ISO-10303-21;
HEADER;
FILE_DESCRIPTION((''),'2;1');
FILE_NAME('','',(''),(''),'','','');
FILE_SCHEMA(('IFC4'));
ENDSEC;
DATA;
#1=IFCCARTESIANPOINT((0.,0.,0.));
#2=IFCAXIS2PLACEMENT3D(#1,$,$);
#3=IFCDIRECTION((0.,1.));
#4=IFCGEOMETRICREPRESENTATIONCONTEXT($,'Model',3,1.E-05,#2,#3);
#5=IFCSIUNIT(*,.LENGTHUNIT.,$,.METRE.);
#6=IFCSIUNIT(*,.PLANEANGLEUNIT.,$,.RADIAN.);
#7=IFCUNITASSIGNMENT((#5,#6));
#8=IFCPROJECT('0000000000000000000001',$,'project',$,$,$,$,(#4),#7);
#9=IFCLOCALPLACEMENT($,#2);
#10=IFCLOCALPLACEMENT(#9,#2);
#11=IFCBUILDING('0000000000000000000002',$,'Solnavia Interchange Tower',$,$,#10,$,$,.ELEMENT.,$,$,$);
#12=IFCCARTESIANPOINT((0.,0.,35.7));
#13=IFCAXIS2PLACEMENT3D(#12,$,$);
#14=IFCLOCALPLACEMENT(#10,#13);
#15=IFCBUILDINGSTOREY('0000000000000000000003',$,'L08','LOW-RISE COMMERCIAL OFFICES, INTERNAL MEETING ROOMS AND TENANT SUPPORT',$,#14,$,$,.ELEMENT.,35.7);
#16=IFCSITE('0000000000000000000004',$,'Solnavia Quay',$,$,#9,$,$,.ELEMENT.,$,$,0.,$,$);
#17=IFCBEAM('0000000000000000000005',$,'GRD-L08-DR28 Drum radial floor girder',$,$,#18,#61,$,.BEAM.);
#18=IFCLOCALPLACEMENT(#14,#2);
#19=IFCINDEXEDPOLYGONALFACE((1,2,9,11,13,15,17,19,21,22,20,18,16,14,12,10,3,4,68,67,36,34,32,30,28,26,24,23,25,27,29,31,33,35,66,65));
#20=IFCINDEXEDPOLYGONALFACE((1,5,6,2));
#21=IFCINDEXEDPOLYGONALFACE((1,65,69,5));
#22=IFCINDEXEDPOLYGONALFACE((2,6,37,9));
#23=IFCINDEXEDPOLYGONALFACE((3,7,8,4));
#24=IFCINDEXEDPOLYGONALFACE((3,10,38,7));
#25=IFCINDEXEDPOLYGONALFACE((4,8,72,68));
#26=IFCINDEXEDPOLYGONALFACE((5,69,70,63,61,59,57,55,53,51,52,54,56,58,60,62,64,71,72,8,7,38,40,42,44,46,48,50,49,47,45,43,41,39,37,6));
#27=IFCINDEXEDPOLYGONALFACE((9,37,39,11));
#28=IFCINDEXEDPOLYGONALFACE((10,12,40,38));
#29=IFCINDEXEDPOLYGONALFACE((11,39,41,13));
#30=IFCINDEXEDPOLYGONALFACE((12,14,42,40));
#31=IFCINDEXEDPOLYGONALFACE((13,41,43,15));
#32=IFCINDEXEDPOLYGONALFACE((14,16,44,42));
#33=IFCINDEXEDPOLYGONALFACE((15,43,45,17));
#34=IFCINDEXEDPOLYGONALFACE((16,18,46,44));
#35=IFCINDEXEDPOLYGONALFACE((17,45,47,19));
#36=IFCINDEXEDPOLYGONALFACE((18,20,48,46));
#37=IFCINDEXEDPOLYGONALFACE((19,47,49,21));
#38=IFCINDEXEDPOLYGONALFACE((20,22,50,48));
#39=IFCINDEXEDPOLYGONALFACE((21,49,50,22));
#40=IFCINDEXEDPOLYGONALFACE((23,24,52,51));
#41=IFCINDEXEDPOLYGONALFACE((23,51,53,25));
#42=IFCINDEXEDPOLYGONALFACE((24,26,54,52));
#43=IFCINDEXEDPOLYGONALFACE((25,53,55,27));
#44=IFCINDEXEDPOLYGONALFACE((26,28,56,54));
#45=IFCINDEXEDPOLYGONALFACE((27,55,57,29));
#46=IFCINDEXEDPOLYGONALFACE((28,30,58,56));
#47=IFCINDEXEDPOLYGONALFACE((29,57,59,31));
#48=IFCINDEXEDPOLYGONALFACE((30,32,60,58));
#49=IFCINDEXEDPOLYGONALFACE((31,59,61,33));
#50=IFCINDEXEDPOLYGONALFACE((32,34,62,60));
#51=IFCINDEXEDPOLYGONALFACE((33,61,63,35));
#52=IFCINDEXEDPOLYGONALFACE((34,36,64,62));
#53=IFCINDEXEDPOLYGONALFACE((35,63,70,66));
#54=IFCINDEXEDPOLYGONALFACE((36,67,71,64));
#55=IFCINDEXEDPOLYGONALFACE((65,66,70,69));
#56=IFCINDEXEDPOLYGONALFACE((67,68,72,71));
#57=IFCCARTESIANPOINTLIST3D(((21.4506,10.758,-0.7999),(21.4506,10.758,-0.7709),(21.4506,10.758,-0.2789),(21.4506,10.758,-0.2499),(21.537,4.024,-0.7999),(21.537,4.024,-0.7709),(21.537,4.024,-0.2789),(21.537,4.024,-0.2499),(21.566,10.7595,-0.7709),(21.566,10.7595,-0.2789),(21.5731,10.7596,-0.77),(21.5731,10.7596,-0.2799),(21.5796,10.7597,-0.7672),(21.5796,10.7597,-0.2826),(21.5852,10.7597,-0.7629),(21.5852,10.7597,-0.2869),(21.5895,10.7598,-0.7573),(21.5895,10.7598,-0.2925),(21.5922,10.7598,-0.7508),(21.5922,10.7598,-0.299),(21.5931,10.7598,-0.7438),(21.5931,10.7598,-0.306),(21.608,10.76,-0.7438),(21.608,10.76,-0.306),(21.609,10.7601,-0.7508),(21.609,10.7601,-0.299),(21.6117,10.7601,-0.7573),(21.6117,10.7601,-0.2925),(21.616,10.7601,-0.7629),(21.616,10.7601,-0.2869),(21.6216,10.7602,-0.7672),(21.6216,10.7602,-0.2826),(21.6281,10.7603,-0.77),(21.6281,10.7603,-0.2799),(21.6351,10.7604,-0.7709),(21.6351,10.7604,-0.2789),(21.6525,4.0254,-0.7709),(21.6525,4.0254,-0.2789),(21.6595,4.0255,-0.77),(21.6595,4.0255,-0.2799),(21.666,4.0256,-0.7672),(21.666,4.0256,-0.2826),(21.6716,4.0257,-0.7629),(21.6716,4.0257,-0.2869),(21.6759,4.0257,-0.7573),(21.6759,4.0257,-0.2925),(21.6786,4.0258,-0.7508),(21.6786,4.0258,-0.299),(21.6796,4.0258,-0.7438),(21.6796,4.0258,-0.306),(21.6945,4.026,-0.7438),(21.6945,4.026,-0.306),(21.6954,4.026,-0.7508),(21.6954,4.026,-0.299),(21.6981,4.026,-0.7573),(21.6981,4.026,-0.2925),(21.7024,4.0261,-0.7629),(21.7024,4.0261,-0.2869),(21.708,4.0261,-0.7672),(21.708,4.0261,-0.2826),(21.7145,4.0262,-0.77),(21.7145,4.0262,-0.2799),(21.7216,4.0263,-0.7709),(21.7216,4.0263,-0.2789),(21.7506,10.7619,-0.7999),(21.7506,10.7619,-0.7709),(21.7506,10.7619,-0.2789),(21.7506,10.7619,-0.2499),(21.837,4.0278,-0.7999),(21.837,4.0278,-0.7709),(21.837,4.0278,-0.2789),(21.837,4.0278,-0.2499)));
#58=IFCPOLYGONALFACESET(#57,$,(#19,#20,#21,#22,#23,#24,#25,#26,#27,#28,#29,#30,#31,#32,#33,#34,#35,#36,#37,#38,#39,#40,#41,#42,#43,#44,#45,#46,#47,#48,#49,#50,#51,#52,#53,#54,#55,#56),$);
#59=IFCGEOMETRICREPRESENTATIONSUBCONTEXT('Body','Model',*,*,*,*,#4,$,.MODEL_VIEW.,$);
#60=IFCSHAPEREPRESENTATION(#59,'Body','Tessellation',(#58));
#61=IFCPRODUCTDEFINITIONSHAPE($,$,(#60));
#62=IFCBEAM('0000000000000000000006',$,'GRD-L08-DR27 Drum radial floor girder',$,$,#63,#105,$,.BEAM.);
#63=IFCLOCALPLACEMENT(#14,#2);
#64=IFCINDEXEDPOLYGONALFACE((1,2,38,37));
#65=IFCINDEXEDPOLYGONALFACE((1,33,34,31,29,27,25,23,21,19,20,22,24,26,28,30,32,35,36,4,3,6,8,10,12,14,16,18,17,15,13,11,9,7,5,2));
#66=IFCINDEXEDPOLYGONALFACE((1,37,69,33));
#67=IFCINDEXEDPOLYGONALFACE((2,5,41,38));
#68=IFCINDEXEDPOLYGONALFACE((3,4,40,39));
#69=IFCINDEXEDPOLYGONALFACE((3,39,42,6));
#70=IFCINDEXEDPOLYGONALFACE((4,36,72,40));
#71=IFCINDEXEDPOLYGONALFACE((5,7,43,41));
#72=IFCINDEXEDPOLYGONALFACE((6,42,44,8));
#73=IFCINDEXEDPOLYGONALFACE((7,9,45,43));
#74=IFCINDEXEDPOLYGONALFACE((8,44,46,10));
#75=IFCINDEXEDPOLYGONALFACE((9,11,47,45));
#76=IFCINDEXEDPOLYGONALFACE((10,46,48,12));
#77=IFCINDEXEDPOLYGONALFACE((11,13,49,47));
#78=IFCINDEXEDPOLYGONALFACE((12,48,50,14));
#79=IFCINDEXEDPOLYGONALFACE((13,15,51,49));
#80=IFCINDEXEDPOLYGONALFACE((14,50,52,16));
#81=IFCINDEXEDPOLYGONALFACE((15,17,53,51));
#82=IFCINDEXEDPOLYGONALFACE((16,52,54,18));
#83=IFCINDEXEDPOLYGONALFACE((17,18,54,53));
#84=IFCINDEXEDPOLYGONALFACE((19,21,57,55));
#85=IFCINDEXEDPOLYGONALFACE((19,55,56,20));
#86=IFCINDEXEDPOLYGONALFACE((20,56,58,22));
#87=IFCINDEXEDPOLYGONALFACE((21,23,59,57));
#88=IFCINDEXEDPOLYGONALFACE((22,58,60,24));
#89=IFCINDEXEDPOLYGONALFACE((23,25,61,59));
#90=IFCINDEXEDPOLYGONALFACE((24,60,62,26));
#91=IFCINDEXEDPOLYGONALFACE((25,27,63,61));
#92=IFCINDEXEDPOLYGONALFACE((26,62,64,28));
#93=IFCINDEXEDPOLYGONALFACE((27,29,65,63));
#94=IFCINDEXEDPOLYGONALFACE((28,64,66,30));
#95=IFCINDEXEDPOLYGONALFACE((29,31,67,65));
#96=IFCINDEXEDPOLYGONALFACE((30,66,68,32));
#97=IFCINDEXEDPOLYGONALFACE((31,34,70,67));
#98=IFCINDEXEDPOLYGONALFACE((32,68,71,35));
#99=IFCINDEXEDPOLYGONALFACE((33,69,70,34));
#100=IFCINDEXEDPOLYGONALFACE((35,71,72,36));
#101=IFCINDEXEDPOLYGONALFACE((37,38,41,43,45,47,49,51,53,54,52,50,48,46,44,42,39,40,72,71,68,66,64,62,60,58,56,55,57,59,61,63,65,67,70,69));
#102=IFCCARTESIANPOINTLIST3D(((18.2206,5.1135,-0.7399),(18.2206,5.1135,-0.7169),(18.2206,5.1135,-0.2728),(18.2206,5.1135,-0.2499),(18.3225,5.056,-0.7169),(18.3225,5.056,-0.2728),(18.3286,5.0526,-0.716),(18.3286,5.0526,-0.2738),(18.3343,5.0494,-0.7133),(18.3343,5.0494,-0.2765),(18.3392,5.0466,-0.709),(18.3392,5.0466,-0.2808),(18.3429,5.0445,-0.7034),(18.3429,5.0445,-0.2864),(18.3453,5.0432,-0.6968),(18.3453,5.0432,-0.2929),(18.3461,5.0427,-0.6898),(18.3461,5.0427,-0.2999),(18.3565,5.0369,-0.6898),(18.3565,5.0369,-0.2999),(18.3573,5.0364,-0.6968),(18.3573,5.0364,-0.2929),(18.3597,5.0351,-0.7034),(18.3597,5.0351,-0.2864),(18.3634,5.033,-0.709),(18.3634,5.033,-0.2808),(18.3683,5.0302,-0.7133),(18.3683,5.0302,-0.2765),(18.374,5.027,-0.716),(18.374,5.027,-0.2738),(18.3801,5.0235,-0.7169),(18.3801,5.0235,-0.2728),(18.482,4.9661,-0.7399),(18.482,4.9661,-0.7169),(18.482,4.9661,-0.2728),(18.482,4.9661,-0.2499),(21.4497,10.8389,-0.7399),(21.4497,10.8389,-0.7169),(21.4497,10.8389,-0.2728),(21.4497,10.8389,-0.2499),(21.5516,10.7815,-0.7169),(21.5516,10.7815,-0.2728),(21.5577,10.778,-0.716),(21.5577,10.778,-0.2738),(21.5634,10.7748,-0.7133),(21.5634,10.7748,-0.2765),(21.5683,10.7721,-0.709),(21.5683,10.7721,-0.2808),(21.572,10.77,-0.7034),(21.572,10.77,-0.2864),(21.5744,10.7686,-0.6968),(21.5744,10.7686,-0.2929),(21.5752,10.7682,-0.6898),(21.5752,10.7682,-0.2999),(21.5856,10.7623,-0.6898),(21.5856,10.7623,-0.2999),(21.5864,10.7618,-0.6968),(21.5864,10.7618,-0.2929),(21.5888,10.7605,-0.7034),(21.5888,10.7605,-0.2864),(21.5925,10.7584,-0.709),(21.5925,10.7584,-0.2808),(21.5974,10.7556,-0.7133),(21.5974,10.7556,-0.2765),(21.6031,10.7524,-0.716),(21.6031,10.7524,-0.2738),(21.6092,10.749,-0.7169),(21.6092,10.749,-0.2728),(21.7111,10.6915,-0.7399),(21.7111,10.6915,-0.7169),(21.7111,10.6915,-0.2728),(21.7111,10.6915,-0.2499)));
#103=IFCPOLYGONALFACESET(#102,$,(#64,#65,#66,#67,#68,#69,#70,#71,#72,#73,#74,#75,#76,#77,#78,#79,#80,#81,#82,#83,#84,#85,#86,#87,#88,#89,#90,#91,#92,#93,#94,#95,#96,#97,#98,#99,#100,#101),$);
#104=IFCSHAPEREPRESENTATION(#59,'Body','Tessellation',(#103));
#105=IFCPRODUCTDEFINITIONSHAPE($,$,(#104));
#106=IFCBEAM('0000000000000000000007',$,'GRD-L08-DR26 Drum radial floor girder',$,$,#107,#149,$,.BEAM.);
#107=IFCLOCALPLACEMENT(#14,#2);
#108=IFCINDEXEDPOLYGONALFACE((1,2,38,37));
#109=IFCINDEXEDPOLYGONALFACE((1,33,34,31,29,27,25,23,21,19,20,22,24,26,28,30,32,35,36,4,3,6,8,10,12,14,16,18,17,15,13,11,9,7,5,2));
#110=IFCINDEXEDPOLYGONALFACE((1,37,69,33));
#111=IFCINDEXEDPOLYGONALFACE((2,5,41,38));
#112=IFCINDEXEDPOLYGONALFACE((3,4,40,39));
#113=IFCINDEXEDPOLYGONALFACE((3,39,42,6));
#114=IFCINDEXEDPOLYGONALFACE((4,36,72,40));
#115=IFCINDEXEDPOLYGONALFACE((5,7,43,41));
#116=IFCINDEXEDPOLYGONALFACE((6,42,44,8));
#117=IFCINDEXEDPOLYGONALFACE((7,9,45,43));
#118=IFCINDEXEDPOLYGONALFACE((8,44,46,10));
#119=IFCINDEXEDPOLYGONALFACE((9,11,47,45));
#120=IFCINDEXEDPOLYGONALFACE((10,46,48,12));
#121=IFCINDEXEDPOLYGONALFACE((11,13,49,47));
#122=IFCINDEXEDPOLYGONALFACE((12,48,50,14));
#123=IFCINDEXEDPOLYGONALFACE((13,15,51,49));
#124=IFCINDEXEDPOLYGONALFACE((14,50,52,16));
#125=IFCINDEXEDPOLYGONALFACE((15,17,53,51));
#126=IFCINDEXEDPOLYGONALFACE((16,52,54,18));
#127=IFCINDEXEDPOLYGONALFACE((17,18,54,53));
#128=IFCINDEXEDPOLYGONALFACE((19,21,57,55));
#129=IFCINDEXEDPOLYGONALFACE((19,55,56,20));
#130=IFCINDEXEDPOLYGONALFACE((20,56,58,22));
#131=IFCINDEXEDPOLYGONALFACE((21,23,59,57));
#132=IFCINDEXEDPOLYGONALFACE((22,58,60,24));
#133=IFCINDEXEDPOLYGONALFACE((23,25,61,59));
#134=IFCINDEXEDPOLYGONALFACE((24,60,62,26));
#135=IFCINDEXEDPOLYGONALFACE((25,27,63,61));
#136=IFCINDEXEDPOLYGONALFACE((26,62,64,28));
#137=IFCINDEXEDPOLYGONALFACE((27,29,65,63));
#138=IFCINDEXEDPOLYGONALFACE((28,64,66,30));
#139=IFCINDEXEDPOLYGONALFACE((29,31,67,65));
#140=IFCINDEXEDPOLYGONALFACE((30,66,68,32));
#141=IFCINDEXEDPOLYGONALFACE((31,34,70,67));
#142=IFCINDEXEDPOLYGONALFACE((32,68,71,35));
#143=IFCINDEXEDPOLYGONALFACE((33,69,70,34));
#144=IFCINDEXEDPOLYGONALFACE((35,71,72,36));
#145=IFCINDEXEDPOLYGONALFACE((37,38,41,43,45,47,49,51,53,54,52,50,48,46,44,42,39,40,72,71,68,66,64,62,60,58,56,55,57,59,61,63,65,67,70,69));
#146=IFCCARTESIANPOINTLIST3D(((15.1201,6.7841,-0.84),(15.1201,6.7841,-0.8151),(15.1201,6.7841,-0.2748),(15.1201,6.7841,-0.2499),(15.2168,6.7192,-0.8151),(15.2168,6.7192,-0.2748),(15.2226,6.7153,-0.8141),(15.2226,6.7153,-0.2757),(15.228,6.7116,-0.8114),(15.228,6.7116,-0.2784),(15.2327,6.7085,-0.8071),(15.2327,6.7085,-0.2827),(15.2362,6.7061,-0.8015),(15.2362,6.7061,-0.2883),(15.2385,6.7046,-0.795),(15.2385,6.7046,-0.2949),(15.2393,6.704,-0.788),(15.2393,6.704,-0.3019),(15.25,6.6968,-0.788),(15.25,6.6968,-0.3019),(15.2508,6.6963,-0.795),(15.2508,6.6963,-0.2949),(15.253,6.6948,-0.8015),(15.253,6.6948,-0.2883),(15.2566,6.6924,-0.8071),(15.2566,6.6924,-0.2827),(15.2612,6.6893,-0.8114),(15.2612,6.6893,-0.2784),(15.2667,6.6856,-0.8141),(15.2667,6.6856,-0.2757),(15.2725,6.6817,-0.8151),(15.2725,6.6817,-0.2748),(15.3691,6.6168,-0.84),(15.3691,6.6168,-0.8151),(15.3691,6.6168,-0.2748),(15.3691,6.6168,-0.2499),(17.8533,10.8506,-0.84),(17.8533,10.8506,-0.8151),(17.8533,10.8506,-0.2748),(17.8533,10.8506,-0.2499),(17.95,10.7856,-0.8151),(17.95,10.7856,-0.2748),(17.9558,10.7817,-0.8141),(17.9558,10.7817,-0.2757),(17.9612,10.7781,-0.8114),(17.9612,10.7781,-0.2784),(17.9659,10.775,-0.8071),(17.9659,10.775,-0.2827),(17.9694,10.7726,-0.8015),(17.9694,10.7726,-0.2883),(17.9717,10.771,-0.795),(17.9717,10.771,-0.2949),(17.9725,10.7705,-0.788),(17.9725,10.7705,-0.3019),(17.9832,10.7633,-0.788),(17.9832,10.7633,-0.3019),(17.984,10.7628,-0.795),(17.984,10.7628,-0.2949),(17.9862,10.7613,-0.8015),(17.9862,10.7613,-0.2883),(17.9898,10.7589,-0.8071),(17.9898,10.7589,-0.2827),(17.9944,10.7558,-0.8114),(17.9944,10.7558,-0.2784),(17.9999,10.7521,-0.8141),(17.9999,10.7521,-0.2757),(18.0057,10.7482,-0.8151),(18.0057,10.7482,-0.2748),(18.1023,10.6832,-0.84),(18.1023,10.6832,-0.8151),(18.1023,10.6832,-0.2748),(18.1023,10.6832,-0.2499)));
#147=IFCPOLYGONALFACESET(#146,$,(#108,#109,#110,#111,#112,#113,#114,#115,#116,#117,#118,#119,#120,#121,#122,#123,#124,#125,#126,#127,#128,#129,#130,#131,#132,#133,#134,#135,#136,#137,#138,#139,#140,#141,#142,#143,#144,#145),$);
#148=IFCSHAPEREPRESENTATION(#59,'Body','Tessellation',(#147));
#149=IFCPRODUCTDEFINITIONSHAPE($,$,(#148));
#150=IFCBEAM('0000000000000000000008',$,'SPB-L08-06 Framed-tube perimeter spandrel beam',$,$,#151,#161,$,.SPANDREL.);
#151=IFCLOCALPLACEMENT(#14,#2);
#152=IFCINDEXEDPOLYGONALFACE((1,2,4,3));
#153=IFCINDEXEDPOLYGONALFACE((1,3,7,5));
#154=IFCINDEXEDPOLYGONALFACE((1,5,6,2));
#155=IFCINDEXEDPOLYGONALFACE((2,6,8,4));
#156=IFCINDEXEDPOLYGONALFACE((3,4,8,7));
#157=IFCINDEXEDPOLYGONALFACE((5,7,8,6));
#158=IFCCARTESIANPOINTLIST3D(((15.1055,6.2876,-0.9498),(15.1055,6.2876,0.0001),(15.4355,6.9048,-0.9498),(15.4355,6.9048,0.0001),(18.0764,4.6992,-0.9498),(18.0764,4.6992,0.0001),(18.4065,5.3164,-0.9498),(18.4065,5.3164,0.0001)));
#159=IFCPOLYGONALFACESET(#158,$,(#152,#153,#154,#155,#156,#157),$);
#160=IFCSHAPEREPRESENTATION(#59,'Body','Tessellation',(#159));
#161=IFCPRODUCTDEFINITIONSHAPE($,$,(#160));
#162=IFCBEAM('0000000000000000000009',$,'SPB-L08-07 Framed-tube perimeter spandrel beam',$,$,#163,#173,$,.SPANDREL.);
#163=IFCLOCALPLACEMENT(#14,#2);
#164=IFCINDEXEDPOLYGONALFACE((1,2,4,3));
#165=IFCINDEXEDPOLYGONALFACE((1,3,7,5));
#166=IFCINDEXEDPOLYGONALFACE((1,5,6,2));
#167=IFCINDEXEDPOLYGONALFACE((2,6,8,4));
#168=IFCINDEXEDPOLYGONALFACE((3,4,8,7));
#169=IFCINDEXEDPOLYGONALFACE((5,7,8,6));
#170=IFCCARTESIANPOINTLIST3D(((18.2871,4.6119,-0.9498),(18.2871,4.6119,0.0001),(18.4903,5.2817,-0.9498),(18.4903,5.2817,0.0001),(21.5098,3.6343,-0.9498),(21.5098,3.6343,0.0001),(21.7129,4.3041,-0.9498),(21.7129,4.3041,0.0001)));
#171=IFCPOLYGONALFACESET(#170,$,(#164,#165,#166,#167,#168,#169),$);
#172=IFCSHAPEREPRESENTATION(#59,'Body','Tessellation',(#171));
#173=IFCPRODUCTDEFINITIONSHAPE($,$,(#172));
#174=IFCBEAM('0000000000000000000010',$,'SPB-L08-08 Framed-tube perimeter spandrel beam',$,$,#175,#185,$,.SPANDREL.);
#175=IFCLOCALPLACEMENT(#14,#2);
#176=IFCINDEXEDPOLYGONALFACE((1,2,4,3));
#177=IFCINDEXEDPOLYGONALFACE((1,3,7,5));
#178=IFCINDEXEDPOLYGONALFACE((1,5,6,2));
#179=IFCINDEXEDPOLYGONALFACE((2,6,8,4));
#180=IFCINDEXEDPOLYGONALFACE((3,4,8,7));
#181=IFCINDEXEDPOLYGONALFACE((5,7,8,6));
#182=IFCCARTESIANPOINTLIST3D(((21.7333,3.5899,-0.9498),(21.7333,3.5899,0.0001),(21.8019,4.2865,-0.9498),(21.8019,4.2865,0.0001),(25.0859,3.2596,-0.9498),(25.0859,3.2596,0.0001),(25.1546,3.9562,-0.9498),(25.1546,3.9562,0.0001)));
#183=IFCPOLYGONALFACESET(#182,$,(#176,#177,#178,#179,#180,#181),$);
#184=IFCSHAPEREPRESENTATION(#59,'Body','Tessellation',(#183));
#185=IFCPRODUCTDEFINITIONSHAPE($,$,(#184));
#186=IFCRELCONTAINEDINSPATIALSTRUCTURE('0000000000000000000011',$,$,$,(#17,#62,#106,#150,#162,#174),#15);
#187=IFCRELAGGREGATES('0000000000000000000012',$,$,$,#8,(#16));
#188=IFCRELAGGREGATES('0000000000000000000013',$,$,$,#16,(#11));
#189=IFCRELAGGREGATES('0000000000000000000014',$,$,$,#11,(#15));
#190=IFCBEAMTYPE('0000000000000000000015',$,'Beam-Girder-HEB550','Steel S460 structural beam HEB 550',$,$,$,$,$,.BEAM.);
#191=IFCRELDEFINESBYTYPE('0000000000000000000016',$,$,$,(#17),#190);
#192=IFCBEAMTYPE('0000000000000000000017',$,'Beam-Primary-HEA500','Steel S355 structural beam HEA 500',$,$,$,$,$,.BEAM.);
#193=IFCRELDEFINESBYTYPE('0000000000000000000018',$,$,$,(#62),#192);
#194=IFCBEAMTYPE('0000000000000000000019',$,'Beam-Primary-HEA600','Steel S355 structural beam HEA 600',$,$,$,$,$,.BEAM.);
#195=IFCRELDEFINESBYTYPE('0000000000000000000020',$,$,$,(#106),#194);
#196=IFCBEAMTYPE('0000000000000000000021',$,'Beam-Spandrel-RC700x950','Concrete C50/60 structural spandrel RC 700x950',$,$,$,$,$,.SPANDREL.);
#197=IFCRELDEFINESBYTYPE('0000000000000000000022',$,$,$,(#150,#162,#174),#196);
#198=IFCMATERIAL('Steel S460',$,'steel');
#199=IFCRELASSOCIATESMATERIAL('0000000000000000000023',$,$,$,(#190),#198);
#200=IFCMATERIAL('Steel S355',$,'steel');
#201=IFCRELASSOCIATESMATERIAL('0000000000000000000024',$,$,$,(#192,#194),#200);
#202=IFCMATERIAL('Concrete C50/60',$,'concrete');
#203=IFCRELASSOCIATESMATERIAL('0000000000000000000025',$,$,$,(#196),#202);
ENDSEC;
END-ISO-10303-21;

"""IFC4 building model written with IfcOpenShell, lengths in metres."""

from ifc_helpers import new_model, si_unit, direction, frame, origin, origin_2d, place, context, subcontext, project, spatial, rectangle, i_section, extrude, material, material_profile, profile_set, type_object, element, save


model = new_model("IFC4")

# Units and contexts
model_context = context("Model", 3, precision=1e-05, world=origin(), true_north=direction((0.0, 1.0)))
body_context = subcontext(model_context, "Body", "Model", "MODEL_VIEW")
ifc_project = project(units=[si_unit("LENGTHUNIT", "METRE"), si_unit("PLANEANGLEUNIT", "RADIAN")], contexts=[model_context])

# Site, building, storey
site_placement = place(None, origin())
site = spatial("IfcSite", under=ifc_project, at=site_placement, Name="Solnavia Quay", CompositionType="ELEMENT", RefElevation=0.0)
building_placement = place(site_placement, origin())
building = spatial("IfcBuilding", under=site, at=building_placement, Name="Solnavia Interchange Tower", CompositionType="ELEMENT")
storey_placement = place(building_placement, frame((0.0, 0.0, 35.7)))
storey = spatial("IfcBuildingStorey", under=building, at=storey_placement, Name="L08", Description="LOW-RISE COMMERCIAL OFFICES, INTERNAL MEETING ROOMS AND TENANT SUPPORT", CompositionType="ELEMENT", Elevation=35.7)

# Shared definitions
ifc_material_1 = material(Name="Steel S355", Category="steel")

# Beams
ifc_material_2 = material(Name="Steel S460", Category="steel")
ifc_material_profile_1 = material_profile(ifc_material_2, i_section(OverallWidth=0.3, OverallDepth=0.55, WebThickness=0.0149, FlangeThickness=0.0291, FilletRadius=0.0271, at=origin_2d()), Name="HEB 550")
ifc_profile_set_1 = profile_set([ifc_material_profile_1], Name="Steel S460")
beam_type_1 = type_object("IfcBeamType", Name="Beam-Girder-HEB550", Description="Steel S460 structural beam HEB 550", PredefinedType="BEAM", material=ifc_profile_set_1)
beam_1_placement = place(storey_placement, frame((21.687, 4.0259, -0.5249), z_axis=(-0.012833, 0.999918, 0.0), x_axis=(-0.999918, -0.012833, 0.0)))
element("IfcBeam", 1, at=beam_1_placement, inside=storey, type_object=beam_type_1, Name="GRD-L08-DR28 Drum radial floor girder", PredefinedType="BEAM", context=body_context, shape_type="SweptSolid", body=[
    extrude(i_section(OverallWidth=0.3, OverallDepth=0.55, WebThickness=0.0149, FlangeThickness=0.0291, FilletRadius=0.0271, at=origin_2d()), origin(), (0.0, 0.0, 1.0), 6.7346),
])
ifc_material_profile_2 = material_profile(ifc_material_1, i_section(OverallWidth=0.3, OverallDepth=0.49, WebThickness=0.012, FlangeThickness=0.0229, FilletRadius=0.0271, at=origin_2d()), Name="HEA 500")
ifc_profile_set_2 = profile_set([ifc_material_profile_2], Name="Steel S355")
beam_type_2 = type_object("IfcBeamType", Name="Beam-Primary-HEA500", Description="Steel S355 structural beam HEA 500", PredefinedType="BEAM", material=ifc_profile_set_2)
beam_2_placement = place(storey_placement, frame((18.3513, 5.0398, -0.4949), z_axis=(0.491243, 0.871022, 0.0), x_axis=(-0.871022, 0.491243, 0.0)))
element("IfcBeam", 2, at=beam_2_placement, inside=storey, type_object=beam_type_2, Name="GRD-L08-DR27 Drum radial floor girder", PredefinedType="BEAM", context=body_context, shape_type="SweptSolid", body=[
    extrude(i_section(OverallWidth=0.3, OverallDepth=0.49, WebThickness=0.012, FlangeThickness=0.0229, FilletRadius=0.0271, at=origin_2d()), origin(), (0.0, 0.0, 1.0), 6.5732),
])
ifc_material_profile_3 = material_profile(ifc_material_1, i_section(OverallWidth=0.3, OverallDepth=0.5901, WebThickness=0.0129, FlangeThickness=0.0249, FilletRadius=0.0271, at=origin_2d()), Name="HEA 600")
ifc_profile_set_3 = profile_set([ifc_material_profile_3], Name="Steel S355")
beam_type_3 = type_object("IfcBeamType", Name="Beam-Primary-HEA600", Description="Steel S355 structural beam HEA 600", PredefinedType="BEAM", material=ifc_profile_set_3)
beam_3_placement = place(storey_placement, frame((15.2446, 6.7004, -0.5449), z_axis=(0.557835, 0.829952, 0.0), x_axis=(-0.829952, 0.557835, 0.0)))
element("IfcBeam", 3, at=beam_3_placement, inside=storey, type_object=beam_type_3, Name="GRD-L08-DR26 Drum radial floor girder", PredefinedType="BEAM", context=body_context, shape_type="SweptSolid", body=[
    extrude(i_section(OverallWidth=0.3, OverallDepth=0.5901, WebThickness=0.0129, FlangeThickness=0.0249, FilletRadius=0.0271, at=origin_2d()), origin(), (0.0, 0.0, 1.0), 4.8997),
])
ifc_material_3 = material(Name="Concrete C50/60", Category="concrete")
ifc_material_profile_4 = material_profile(ifc_material_3, rectangle(XDim=0.7, YDim=0.95, at=origin_2d()), Name="RC 700x950")
ifc_profile_set_4 = profile_set([ifc_material_profile_4], Name="Concrete C50/60")
beam_type_4 = type_object("IfcBeamType", Name="Beam-Spandrel-RC700x950", Description="Concrete C50/60 structural spandrel RC 700x950", PredefinedType="SPANDREL", material=ifc_profile_set_4)
beam_4_placement = place(storey_placement, frame((15.2705, 6.5962, -0.4749), z_axis=(0.881875, -0.471483, 0.0), x_axis=(0.471483, 0.881875, 0.0)))
element("IfcBeam", 4, at=beam_4_placement, inside=storey, type_object=beam_type_4, Name="SPB-L08-06 Framed-tube perimeter spandrel beam", PredefinedType="SPANDREL", context=body_context, shape_type="SweptSolid", body=[
    extrude(rectangle(XDim=0.7, YDim=0.95, at=origin_2d()), origin(), (0.0, 0.0, 1.0), 3.3689),
])
beam_5_placement = place(storey_placement, frame((18.3887, 4.9468, -0.4749), z_axis=(0.956944, -0.290273, 0.0), x_axis=(0.290273, 0.956944, 0.0)))
element("IfcBeam", 5, at=beam_5_placement, inside=storey, type_object=beam_type_4, Name="SPB-L08-07 Framed-tube perimeter spandrel beam", PredefinedType="SPANDREL", context=body_context, shape_type="SweptSolid", body=[
    extrude(rectangle(XDim=0.7, YDim=0.95, at=origin_2d()), origin(), (0.0, 0.0, 1.0), 3.3677),
])
beam_6_placement = place(storey_placement, frame((21.7676, 3.9382, -0.4749), z_axis=(0.995182, -0.098047, 0.0), x_axis=(0.098047, 0.995182, 0.0)))
element("IfcBeam", 6, at=beam_6_placement, inside=storey, type_object=beam_type_4, Name="SPB-L08-08 Framed-tube perimeter spandrel beam", PredefinedType="SPANDREL", context=body_context, shape_type="SweptSolid", body=[
    extrude(rectangle(XDim=0.7, YDim=0.95, at=origin_2d()), origin(), (0.0, 0.0, 1.0), 3.3689),
])

save(model, "model.ifc")
